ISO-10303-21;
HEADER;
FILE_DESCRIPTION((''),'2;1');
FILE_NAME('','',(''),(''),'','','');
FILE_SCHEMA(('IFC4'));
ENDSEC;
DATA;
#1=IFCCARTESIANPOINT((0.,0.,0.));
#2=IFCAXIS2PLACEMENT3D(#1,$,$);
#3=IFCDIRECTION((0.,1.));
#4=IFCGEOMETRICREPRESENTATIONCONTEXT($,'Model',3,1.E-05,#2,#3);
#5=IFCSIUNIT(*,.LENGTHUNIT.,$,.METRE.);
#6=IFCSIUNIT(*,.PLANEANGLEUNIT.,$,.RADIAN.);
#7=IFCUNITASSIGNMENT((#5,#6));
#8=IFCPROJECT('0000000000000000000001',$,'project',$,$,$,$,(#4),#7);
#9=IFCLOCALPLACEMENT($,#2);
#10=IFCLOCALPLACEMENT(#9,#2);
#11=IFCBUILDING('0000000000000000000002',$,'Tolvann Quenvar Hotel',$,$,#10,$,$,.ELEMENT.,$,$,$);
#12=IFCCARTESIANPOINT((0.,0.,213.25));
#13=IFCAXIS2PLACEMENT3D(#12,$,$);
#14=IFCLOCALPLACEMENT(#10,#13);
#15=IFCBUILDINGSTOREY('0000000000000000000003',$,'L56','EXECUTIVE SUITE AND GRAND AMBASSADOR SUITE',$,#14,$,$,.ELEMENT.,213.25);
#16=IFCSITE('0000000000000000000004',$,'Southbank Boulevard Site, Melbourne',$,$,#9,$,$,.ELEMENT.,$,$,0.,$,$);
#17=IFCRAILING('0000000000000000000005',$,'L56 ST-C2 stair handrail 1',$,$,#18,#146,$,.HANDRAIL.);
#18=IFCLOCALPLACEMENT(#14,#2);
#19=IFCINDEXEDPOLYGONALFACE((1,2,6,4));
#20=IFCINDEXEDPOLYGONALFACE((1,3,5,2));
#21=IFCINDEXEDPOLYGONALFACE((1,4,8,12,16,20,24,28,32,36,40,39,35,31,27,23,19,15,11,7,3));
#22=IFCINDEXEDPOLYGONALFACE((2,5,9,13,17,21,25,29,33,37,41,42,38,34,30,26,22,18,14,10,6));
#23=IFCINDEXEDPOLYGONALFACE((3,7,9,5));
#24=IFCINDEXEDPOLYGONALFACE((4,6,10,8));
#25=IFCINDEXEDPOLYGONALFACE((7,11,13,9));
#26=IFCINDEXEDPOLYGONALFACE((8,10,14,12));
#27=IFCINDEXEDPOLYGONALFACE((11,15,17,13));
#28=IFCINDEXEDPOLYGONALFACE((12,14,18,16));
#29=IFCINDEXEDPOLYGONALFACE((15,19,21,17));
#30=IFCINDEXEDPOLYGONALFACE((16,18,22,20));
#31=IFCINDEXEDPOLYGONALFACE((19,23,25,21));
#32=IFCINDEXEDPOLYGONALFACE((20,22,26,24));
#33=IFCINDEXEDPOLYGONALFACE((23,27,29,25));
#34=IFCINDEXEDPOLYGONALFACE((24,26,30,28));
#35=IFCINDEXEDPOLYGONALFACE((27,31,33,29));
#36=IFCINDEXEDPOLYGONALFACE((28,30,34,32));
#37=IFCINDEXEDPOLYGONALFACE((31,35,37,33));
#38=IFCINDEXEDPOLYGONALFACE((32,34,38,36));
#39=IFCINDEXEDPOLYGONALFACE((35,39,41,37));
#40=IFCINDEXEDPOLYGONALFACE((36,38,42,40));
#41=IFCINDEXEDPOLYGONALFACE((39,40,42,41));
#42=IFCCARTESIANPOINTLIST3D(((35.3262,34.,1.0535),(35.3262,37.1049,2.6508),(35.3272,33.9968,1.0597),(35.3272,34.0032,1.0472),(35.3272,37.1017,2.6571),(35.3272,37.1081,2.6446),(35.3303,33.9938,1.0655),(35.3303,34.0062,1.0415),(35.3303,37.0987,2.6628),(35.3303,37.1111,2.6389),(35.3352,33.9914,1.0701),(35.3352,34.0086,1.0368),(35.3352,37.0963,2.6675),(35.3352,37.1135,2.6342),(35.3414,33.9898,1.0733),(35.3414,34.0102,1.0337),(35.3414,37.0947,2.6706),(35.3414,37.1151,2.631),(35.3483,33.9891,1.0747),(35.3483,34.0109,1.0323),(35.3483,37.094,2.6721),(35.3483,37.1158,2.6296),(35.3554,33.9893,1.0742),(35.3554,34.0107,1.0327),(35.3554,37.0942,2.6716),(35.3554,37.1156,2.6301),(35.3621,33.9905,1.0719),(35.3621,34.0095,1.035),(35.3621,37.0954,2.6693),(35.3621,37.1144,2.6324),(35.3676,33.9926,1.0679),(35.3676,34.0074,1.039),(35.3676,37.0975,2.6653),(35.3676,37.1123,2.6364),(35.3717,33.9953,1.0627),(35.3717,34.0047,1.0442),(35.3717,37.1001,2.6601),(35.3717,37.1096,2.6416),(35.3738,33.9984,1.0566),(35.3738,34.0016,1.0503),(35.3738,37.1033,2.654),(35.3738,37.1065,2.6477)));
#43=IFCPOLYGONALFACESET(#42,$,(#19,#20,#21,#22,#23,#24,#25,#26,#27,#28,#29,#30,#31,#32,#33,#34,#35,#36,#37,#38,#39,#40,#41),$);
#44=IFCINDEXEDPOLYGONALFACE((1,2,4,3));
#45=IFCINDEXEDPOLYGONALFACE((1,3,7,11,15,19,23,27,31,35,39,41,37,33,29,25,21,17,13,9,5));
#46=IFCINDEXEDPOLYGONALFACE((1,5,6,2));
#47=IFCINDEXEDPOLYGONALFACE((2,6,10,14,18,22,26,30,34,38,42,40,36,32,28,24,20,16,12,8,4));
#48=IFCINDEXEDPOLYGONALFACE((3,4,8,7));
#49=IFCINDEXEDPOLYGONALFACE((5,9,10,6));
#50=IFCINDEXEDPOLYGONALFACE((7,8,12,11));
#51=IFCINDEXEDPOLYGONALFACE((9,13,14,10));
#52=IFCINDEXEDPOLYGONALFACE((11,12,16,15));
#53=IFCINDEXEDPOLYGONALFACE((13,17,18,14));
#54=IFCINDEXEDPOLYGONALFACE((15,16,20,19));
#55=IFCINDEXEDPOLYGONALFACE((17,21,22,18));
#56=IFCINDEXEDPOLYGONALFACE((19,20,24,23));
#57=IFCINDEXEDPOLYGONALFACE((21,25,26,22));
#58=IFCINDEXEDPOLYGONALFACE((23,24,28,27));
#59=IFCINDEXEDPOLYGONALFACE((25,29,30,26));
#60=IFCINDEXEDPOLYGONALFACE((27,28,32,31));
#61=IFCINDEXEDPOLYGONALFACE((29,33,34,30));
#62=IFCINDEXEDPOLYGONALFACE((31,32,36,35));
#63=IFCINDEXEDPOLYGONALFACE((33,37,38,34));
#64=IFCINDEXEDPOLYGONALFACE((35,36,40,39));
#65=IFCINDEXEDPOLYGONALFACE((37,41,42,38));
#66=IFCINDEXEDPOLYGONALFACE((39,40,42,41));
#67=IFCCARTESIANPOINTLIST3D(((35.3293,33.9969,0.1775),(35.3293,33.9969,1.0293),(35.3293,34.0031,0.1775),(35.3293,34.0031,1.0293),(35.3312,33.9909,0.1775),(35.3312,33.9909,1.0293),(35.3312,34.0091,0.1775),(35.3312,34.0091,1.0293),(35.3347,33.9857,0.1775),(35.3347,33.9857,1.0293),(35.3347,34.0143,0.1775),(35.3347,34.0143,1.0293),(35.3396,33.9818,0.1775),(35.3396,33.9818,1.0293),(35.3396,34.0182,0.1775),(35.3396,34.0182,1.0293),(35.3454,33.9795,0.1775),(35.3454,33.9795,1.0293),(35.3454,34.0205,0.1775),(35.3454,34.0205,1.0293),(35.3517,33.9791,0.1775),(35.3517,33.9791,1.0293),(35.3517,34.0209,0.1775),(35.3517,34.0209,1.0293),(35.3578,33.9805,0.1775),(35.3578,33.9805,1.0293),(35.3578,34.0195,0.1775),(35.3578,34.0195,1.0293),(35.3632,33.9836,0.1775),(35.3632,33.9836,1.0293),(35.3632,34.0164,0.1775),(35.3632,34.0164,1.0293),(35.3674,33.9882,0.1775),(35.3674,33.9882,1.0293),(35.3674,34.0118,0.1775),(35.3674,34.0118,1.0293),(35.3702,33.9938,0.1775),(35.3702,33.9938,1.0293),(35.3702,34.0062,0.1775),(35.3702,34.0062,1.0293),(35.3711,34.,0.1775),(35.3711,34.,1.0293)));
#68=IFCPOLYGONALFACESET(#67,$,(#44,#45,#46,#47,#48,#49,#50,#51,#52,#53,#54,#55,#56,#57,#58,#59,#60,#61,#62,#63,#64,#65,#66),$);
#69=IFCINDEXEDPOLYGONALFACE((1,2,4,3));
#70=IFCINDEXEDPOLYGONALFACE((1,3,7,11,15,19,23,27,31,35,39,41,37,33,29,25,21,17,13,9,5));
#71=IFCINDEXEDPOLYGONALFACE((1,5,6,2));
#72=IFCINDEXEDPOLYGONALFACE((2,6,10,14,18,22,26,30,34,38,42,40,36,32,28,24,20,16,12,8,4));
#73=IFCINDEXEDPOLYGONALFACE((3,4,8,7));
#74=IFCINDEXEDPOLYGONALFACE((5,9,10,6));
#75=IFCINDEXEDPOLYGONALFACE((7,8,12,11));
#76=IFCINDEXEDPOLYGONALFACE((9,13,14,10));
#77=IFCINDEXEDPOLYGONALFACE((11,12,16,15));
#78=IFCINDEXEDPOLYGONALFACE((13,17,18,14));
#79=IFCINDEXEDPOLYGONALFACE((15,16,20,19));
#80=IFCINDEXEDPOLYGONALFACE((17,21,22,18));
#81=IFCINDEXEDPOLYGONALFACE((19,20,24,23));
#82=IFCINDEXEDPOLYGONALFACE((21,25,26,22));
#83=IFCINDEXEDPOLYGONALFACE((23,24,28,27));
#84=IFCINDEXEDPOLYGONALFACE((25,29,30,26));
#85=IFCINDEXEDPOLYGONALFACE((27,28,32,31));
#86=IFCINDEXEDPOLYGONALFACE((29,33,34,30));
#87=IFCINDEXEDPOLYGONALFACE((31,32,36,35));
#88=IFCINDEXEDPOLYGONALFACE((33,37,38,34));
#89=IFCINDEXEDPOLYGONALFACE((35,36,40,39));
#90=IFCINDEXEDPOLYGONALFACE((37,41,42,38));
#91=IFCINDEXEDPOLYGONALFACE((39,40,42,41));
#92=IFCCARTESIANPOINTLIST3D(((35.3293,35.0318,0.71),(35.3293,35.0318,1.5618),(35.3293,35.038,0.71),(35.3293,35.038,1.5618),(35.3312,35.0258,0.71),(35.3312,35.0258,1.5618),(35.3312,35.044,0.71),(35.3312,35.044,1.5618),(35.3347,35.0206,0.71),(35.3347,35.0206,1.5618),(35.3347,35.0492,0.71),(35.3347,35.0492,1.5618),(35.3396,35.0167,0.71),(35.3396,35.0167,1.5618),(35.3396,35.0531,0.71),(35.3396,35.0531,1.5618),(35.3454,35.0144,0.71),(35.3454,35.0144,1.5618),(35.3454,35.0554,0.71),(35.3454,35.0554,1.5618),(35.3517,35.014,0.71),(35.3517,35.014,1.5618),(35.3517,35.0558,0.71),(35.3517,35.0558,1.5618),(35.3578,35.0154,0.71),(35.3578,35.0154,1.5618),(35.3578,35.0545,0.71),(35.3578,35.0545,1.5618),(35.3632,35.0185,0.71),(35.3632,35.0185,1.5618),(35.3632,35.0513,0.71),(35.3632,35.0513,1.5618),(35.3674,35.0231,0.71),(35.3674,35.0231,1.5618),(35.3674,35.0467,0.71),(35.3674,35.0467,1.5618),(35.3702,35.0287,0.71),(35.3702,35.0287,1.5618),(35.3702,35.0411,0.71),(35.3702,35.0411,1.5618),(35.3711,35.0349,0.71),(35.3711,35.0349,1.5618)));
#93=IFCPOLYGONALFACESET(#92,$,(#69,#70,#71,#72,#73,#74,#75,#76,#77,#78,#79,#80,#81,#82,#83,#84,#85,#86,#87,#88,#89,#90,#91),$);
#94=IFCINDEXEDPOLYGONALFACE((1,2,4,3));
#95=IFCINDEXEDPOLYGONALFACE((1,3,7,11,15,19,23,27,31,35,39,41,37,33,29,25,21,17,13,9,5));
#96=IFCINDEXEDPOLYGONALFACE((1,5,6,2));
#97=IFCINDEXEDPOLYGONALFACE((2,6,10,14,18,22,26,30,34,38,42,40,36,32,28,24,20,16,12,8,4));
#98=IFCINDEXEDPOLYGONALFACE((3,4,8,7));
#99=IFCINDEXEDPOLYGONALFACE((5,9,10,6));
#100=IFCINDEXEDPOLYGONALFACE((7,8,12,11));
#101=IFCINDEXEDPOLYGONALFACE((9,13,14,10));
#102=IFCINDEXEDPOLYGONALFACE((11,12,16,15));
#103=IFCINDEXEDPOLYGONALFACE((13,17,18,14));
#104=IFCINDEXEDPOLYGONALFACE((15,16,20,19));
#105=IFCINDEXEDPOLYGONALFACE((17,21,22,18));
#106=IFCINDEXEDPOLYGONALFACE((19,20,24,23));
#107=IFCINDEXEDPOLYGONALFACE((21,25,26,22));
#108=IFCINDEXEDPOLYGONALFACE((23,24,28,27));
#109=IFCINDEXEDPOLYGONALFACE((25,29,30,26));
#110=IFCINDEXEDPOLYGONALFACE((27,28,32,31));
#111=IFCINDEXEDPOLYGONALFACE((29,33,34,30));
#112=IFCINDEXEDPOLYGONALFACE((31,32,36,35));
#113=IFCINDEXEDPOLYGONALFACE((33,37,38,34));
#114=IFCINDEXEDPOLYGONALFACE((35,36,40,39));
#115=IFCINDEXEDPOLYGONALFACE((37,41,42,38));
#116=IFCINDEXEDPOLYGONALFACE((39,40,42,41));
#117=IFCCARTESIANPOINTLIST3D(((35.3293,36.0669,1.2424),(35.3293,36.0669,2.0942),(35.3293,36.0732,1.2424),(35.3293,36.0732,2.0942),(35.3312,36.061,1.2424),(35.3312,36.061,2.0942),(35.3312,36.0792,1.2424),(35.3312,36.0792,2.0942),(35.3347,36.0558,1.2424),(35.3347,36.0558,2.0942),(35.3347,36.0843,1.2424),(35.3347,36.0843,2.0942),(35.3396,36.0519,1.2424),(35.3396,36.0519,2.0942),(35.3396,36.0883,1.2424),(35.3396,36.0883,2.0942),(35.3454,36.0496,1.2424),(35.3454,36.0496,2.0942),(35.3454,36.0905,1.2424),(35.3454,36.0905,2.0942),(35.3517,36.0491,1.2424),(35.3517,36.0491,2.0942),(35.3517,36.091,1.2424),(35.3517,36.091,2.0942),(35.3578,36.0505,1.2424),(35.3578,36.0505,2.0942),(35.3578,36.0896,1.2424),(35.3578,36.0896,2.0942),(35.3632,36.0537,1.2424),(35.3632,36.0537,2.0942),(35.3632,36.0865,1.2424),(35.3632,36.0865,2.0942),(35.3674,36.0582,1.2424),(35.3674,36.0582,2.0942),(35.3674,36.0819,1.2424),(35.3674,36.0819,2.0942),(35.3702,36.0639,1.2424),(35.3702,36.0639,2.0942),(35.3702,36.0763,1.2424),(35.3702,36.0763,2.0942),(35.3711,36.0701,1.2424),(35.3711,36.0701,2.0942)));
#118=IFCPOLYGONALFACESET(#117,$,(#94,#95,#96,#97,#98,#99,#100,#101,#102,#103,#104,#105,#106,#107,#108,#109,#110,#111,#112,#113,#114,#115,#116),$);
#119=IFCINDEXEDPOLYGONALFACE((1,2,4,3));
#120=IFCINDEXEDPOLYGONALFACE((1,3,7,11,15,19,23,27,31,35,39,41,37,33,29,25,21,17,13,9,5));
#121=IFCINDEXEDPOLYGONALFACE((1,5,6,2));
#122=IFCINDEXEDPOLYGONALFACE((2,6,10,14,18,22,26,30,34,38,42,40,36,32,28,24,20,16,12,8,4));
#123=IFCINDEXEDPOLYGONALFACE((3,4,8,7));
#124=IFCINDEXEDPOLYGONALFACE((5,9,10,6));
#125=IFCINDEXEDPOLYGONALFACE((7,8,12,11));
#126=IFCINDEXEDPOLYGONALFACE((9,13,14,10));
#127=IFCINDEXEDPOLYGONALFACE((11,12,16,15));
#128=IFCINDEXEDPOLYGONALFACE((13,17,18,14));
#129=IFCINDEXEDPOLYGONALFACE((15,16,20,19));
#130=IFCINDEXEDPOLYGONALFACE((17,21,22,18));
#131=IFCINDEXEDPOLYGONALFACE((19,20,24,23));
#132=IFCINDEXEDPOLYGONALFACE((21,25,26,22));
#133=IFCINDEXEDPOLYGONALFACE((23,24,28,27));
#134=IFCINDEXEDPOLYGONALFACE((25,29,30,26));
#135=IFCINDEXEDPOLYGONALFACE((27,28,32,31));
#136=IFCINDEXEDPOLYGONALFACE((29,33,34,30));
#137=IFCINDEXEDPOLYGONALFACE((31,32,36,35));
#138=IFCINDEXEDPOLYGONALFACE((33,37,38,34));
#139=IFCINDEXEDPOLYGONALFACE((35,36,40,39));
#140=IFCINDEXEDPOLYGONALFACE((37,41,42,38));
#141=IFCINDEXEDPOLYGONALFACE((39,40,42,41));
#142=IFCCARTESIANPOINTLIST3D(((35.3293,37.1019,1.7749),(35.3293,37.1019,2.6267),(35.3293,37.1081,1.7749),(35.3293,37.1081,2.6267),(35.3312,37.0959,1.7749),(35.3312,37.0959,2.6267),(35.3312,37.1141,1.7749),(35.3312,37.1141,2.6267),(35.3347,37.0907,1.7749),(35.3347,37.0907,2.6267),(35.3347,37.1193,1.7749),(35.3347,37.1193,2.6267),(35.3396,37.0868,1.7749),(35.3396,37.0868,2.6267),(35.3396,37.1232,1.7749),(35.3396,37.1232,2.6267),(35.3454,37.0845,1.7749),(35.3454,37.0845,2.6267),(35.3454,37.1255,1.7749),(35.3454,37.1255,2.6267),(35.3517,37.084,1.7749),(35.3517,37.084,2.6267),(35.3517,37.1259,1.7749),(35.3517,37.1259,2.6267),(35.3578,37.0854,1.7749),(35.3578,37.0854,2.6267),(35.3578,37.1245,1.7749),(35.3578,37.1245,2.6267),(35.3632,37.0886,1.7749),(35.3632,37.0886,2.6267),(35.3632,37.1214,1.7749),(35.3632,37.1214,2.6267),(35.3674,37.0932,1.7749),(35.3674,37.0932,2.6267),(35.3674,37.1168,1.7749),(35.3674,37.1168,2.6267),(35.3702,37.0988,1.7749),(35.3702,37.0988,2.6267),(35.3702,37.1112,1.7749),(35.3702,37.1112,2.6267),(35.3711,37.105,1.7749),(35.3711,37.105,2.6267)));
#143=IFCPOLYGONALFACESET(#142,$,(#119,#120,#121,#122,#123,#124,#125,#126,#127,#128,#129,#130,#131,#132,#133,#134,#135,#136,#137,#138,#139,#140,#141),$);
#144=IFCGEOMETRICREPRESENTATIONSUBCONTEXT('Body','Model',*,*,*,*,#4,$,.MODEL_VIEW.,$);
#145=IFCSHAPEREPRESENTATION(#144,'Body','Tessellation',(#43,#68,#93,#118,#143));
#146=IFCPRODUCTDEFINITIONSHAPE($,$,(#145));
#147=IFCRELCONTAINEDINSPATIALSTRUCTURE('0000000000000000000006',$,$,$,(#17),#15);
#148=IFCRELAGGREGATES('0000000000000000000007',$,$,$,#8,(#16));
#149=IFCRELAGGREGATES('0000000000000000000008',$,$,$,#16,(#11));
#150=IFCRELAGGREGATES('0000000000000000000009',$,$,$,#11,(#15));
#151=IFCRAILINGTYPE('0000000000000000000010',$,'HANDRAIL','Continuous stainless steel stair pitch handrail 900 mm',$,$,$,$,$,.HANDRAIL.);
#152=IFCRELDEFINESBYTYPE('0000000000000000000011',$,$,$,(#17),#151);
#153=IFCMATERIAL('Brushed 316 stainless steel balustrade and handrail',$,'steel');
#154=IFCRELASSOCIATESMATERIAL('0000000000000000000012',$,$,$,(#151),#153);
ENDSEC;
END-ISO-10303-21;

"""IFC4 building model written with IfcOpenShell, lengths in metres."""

from ifc_helpers import new_model, si_unit, direction, frame, origin, origin_2d, place, context, subcontext, project, spatial, circle, extrude, material, type_object, element, save


model = new_model("IFC4")

# Units and contexts
model_context = context("Model", 3, precision=1e-05, world=origin(), true_north=direction((0.0, 1.0)))
body_context = subcontext(model_context, "Body", "Model", "MODEL_VIEW")
ifc_project = project(units=[si_unit("LENGTHUNIT", "METRE"), si_unit("PLANEANGLEUNIT", "RADIAN")], contexts=[model_context])

# Site, building, storey
site_placement = place(None, origin())
site = spatial("IfcSite", under=ifc_project, at=site_placement, Name="Southbank Boulevard Site, Melbourne", CompositionType="ELEMENT", RefElevation=0.0)
building_placement = place(site_placement, origin())
building = spatial("IfcBuilding", under=site, at=building_placement, Name="Tolvann Quenvar Hotel", CompositionType="ELEMENT")
storey_placement = place(building_placement, frame((0.0, 0.0, 213.25)))
storey = spatial("IfcBuildingStorey", under=building, at=storey_placement, Name="L56", Description="EXECUTIVE SUITE AND GRAND AMBASSADOR SUITE", CompositionType="ELEMENT", Elevation=213.25)

# Railing
ifc_material_1 = material(Name="Brushed 316 stainless steel balustrade and handrail", Category="steel")
railing_type_1 = type_object("IfcRailingType", Name="HANDRAIL", Description="Continuous stainless steel stair pitch handrail 900 mm", PredefinedType="HANDRAIL", material=ifc_material_1)
railing_1_placement = place(storey_placement, frame((35.3501, 34.0, 0.1775)))
element("IfcRailing", 1, at=railing_1_placement, inside=storey, type_object=railing_type_1, Name="L56 ST-C2 stair handrail 1", PredefinedType="HANDRAIL", context=body_context, shape_type="SweptSolid", body=[
    extrude(circle(Radius=0.0239, at=origin_2d()), frame((0.0, 0.0, 0.876), z_axis=(0.0, 0.889222, 0.457476), x_axis=(-1.0, 0.0, 0.0)), (0.0, 0.0, 1.0), 3.4917),
    extrude(circle(Radius=0.021, at=origin_2d()), origin(), (0.0, 0.0, 1.0), 0.8518),
    extrude(circle(Radius=0.021, at=origin_2d()), frame((0.0, 1.0349, 0.5325)), (0.0, 0.0, 1.0), 0.8518),
    extrude(circle(Radius=0.021, at=origin_2d()), frame((0.0, 2.0701, 1.0649)), (0.0, 0.0, 1.0), 0.8518),
    extrude(circle(Radius=0.021, at=origin_2d()), frame((0.0, 3.105, 1.5974)), (0.0, 0.0, 1.0), 0.8518),
])

save(model, "model.ifc")
